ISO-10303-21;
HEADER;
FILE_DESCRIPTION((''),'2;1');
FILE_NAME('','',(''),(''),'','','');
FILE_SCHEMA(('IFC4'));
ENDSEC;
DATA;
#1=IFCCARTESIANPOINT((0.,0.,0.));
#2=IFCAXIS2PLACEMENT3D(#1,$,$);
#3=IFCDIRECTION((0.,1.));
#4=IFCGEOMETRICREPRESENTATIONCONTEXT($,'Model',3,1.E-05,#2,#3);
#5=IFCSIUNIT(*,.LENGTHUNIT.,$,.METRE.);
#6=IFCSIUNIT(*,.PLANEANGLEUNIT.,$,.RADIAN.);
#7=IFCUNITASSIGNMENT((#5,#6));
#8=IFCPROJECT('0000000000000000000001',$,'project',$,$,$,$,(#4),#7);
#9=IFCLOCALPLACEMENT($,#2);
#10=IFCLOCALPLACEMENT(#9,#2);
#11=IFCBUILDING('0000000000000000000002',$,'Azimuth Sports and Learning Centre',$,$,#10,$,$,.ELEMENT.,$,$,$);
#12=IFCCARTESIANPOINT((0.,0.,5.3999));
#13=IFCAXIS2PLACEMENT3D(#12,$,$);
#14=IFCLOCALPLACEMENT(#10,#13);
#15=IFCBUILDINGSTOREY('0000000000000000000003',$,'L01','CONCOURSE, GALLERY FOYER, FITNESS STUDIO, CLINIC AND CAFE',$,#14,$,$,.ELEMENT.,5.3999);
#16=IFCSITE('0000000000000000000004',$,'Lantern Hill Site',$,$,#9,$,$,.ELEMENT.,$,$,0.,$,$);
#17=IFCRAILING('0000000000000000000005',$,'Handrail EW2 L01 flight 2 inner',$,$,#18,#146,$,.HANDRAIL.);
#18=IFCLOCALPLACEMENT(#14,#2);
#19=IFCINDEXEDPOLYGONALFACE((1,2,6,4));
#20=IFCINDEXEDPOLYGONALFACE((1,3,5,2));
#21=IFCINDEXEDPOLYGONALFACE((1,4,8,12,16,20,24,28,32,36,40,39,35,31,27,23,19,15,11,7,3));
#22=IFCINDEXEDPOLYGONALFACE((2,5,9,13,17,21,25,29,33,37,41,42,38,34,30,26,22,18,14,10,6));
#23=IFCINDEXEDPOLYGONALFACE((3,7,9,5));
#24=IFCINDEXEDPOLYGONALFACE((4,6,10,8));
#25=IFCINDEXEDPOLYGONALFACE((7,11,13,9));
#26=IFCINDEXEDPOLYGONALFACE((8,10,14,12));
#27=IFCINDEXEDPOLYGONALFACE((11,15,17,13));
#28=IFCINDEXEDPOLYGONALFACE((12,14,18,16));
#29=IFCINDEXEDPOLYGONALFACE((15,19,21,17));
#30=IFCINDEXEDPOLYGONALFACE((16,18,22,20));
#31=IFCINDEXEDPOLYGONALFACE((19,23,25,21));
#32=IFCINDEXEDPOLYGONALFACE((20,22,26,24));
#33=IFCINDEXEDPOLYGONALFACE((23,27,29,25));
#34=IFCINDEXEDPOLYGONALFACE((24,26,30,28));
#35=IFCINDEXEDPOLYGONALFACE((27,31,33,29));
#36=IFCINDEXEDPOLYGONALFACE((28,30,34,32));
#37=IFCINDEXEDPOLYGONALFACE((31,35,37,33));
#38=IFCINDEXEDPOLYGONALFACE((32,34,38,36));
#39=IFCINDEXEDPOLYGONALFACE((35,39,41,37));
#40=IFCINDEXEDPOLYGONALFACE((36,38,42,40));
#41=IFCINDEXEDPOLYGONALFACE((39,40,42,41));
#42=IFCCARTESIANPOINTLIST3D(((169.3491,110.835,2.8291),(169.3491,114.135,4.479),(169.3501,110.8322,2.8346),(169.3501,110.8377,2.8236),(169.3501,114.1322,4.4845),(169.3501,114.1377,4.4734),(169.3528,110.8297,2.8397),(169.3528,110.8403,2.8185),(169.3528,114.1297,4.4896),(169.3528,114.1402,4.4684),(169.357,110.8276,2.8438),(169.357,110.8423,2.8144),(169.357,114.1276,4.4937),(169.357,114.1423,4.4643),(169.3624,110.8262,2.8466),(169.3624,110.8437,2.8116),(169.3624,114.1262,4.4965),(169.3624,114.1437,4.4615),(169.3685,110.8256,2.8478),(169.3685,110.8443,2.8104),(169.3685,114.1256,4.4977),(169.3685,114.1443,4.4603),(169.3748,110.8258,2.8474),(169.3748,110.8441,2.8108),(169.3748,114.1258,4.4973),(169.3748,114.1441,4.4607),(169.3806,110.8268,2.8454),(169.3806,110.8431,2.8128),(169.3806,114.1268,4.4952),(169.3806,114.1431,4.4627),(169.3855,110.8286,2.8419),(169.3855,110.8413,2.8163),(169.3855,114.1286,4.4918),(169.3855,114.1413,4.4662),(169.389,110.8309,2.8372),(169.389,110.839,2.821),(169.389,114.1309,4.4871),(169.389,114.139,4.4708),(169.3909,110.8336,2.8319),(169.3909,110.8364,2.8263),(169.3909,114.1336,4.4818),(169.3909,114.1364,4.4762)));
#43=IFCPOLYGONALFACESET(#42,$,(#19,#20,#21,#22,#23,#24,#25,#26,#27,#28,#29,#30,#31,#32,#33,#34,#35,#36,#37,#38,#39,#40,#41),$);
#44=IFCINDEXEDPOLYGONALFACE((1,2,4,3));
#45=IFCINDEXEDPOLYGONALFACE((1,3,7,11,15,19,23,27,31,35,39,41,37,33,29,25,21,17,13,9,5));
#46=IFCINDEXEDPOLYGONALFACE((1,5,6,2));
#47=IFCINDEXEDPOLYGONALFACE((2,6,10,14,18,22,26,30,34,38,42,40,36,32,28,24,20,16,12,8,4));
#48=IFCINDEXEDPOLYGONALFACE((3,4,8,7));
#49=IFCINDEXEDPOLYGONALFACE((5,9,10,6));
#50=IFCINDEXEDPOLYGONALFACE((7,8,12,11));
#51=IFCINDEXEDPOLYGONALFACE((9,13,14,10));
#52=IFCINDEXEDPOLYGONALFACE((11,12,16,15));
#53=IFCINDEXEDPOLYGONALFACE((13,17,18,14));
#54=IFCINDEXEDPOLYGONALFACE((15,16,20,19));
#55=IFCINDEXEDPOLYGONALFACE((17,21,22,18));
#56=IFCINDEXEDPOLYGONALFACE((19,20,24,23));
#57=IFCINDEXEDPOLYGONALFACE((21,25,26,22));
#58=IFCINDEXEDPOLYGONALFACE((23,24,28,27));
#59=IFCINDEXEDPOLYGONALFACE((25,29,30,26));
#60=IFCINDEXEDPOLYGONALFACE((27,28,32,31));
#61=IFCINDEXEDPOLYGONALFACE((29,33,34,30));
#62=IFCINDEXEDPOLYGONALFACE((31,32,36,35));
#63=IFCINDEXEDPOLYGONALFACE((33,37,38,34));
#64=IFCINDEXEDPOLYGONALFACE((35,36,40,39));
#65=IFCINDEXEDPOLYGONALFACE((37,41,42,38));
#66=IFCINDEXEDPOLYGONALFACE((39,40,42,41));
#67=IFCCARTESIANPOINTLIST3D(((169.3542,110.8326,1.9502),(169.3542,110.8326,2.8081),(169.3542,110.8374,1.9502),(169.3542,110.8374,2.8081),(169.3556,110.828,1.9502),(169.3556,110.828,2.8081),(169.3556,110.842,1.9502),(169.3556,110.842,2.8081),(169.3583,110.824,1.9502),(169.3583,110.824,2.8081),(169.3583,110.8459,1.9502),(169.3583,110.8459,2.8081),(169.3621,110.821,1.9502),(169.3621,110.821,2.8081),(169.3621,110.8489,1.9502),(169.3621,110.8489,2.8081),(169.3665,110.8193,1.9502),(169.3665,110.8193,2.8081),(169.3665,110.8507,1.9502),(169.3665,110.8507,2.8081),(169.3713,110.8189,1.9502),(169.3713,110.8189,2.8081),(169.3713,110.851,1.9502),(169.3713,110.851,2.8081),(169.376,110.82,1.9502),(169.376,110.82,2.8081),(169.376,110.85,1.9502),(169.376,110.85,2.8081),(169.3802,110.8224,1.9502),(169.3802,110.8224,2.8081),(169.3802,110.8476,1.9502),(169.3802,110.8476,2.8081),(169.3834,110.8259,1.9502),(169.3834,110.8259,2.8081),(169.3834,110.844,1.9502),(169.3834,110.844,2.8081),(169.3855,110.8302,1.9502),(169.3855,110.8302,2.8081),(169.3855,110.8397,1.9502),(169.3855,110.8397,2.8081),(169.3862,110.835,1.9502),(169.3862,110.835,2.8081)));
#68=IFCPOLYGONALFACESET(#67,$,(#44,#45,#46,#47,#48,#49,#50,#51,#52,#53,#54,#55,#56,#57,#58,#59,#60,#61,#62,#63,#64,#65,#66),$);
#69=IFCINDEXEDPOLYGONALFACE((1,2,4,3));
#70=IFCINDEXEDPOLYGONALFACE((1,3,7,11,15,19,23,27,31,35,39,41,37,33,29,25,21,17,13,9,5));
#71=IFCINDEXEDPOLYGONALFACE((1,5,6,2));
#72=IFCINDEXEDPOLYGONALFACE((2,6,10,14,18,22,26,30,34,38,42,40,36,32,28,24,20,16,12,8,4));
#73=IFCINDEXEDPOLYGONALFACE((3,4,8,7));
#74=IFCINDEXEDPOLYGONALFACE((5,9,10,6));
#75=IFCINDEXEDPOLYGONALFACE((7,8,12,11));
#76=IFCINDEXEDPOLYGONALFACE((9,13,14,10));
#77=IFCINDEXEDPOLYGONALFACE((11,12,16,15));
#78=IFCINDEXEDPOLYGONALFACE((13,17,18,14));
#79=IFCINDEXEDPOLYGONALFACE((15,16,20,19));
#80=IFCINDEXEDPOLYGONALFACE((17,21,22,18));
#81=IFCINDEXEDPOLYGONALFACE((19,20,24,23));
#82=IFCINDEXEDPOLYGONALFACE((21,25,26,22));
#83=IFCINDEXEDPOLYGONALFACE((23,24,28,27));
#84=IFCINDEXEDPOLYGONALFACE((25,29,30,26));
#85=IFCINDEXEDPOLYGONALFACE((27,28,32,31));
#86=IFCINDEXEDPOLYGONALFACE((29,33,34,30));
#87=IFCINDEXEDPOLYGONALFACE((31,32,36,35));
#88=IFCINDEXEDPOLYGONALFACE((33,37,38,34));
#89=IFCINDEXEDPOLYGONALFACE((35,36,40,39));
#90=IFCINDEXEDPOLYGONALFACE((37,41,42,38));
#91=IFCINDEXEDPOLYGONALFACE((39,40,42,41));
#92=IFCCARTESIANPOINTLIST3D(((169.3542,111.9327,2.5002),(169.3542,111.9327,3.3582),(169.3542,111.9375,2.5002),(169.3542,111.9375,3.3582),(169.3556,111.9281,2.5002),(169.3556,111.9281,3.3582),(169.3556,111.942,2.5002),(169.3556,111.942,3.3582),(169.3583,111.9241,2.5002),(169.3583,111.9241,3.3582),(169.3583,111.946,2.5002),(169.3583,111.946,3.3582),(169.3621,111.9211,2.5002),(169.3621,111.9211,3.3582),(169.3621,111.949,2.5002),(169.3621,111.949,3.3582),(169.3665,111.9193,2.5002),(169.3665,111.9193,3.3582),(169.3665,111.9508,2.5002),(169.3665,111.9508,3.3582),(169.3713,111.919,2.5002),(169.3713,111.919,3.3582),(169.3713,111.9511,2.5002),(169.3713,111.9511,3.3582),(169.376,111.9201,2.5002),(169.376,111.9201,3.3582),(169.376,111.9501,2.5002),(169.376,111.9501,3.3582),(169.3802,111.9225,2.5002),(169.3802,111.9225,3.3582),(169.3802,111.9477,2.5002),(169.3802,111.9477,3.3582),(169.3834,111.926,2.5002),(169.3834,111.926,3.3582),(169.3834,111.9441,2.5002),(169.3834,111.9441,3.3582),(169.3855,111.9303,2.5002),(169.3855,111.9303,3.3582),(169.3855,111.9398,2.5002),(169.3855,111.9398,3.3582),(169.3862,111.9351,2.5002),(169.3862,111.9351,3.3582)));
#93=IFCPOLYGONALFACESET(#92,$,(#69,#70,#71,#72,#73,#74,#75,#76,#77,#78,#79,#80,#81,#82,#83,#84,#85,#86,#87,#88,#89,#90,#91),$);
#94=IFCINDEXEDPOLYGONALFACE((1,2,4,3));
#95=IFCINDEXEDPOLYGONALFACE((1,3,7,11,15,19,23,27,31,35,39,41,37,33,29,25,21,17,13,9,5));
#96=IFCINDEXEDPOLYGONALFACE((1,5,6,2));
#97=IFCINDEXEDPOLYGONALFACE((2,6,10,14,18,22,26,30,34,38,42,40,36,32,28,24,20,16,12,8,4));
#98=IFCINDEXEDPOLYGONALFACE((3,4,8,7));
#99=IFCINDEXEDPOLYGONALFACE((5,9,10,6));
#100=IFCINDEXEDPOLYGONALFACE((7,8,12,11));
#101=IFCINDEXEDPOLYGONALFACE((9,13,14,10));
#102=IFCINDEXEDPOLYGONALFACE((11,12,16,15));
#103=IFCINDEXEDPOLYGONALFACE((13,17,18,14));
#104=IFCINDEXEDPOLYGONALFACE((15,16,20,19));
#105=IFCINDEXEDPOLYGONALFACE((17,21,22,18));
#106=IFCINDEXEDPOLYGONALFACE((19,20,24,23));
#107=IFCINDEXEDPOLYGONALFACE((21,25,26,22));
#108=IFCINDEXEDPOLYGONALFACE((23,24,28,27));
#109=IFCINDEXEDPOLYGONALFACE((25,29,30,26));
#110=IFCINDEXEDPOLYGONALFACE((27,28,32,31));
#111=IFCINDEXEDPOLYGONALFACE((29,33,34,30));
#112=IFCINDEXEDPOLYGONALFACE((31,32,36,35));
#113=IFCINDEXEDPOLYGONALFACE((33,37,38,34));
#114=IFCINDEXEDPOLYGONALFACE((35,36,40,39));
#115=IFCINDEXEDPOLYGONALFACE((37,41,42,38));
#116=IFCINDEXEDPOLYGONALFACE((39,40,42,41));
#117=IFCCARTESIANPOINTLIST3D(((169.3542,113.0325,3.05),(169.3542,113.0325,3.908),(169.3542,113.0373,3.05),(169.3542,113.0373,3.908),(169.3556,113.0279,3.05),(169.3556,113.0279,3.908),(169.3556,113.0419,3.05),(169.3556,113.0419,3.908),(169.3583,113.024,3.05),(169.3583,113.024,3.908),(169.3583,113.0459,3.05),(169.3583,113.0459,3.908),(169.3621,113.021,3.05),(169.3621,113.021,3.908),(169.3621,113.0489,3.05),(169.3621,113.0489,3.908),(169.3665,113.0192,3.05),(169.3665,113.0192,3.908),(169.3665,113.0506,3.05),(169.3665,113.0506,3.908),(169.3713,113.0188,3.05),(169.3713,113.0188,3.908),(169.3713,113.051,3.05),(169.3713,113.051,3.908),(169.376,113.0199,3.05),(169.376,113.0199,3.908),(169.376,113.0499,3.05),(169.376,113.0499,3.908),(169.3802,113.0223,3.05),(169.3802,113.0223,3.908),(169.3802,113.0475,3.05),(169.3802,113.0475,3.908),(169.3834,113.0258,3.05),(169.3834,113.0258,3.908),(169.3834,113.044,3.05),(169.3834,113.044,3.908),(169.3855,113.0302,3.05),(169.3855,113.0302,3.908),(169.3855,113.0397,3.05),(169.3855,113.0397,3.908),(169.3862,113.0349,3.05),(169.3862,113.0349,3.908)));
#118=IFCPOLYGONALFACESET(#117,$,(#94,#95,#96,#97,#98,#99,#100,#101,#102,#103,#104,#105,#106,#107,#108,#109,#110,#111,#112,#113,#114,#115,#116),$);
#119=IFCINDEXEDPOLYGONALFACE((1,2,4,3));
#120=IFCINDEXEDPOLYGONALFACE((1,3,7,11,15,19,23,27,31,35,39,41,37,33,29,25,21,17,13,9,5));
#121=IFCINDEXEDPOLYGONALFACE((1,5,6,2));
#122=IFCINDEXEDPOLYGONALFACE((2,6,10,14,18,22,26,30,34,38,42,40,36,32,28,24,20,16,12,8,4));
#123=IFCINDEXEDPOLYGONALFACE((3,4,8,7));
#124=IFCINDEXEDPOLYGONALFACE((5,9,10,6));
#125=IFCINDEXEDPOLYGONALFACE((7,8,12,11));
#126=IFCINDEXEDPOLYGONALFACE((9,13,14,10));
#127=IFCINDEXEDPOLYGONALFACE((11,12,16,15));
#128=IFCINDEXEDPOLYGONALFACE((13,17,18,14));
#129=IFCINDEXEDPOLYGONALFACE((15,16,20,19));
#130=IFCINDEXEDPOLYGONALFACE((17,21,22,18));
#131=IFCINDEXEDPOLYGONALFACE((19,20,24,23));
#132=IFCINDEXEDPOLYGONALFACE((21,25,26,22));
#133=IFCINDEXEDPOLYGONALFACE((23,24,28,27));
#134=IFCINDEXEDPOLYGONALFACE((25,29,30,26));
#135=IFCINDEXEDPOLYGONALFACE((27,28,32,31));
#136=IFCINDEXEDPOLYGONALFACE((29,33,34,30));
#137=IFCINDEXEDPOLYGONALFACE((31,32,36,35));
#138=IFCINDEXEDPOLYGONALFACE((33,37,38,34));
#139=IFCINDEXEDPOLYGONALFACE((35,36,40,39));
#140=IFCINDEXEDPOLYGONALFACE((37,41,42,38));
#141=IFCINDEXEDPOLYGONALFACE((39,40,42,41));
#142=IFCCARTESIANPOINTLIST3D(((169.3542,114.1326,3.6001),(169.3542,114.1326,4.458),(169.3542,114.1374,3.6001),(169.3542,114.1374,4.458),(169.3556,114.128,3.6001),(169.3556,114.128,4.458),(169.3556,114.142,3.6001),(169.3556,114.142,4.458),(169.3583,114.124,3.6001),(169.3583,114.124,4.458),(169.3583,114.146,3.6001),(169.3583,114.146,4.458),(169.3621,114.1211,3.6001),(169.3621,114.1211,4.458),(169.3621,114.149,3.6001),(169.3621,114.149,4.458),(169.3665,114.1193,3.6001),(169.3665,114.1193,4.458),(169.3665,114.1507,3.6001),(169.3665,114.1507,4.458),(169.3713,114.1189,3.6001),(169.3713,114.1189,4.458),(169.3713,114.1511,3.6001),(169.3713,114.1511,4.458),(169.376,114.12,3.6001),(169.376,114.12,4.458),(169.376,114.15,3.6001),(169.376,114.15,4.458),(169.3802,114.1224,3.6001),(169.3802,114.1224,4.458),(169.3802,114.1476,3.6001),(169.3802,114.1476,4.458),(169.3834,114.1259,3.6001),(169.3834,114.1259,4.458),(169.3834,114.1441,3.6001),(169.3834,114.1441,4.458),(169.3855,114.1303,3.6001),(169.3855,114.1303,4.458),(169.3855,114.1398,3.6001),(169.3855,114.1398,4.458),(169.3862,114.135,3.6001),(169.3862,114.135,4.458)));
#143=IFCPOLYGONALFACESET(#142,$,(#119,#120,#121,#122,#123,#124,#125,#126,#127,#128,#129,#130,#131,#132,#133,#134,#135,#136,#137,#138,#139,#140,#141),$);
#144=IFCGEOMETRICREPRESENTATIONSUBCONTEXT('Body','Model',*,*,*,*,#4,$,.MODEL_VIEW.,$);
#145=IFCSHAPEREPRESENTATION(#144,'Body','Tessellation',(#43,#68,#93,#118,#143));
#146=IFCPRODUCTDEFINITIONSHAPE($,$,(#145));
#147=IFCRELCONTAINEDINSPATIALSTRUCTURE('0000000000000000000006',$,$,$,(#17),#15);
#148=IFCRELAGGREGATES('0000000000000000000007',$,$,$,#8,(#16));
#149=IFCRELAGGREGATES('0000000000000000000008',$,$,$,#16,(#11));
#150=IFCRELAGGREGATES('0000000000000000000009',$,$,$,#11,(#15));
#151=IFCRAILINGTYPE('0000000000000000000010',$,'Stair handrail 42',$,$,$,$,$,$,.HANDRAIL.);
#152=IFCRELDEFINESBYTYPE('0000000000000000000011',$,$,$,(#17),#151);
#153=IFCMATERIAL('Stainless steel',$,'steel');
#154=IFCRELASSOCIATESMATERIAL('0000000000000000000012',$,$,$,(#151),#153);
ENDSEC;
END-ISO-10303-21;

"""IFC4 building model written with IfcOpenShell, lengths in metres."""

from ifc_helpers import new_model, si_unit, direction, frame, origin, origin_2d, place, context, subcontext, project, spatial, circle, extrude, material, type_object, element, save


model = new_model("IFC4")

# Units and contexts
model_context = context("Model", 3, precision=1e-05, world=origin(), true_north=direction((0.0, 1.0)))
body_context = subcontext(model_context, "Body", "Model", "MODEL_VIEW")
ifc_project = project(units=[si_unit("LENGTHUNIT", "METRE"), si_unit("PLANEANGLEUNIT", "RADIAN")], contexts=[model_context])

# Site, building, storey
site_placement = place(None, origin())
site = spatial("IfcSite", under=ifc_project, at=site_placement, Name="Lantern Hill Site", CompositionType="ELEMENT", RefElevation=0.0)
building_placement = place(site_placement, origin())
building = spatial("IfcBuilding", under=site, at=building_placement, Name="Azimuth Sports and Learning Centre", CompositionType="ELEMENT")
storey_placement = place(building_placement, frame((0.0, 0.0, 5.3999)))
storey = spatial("IfcBuildingStorey", under=building, at=storey_placement, Name="L01", Description="CONCOURSE, GALLERY FOYER, FITNESS STUDIO, CLINIC AND CAFE", CompositionType="ELEMENT", Elevation=5.3999)

# Railing
ifc_material_1 = material(Name="Stainless steel", Category="steel")
railing_type_1 = type_object("IfcRailingType", Name="Stair handrail 42", PredefinedType="HANDRAIL", material=ifc_material_1)
for number, where, name in (
    (1, (169.3701, 110.835, 1.9502), "Handrail EW2 L01 flight 2 inner"),
):
    element("IfcRailing", number, at=place(storey_placement, frame(where)), inside=storey, type_object=railing_type_1, Name=name, PredefinedType="HANDRAIL", context=body_context, shape_type="SweptSolid", body=[
        extrude(circle(Radius=0.021, at=origin_2d()), frame((0.0, 0.0, 0.8789), z_axis=(0.0, 0.89444, 0.447187), x_axis=(-1.0, 0.0, 0.0)), (0.0, 0.0, 1.0), 3.6895),
        extrude(circle(Radius=0.0161, at=origin_2d()), origin(), (0.0, 0.0, 1.0), 0.8579),
        extrude(circle(Radius=0.0161, at=origin_2d()), frame((0.0, 1.1001, 0.55)), (0.0, 0.0, 1.0), 0.8579),
        extrude(circle(Radius=0.0161, at=origin_2d()), frame((0.0, 2.2, 1.0999)), (0.0, 0.0, 1.0), 0.8579),
        extrude(circle(Radius=0.0161, at=origin_2d()), frame((0.0, 3.3, 1.6499)), (0.0, 0.0, 1.0), 0.8579),
    ])

save(model, "model.ifc")
